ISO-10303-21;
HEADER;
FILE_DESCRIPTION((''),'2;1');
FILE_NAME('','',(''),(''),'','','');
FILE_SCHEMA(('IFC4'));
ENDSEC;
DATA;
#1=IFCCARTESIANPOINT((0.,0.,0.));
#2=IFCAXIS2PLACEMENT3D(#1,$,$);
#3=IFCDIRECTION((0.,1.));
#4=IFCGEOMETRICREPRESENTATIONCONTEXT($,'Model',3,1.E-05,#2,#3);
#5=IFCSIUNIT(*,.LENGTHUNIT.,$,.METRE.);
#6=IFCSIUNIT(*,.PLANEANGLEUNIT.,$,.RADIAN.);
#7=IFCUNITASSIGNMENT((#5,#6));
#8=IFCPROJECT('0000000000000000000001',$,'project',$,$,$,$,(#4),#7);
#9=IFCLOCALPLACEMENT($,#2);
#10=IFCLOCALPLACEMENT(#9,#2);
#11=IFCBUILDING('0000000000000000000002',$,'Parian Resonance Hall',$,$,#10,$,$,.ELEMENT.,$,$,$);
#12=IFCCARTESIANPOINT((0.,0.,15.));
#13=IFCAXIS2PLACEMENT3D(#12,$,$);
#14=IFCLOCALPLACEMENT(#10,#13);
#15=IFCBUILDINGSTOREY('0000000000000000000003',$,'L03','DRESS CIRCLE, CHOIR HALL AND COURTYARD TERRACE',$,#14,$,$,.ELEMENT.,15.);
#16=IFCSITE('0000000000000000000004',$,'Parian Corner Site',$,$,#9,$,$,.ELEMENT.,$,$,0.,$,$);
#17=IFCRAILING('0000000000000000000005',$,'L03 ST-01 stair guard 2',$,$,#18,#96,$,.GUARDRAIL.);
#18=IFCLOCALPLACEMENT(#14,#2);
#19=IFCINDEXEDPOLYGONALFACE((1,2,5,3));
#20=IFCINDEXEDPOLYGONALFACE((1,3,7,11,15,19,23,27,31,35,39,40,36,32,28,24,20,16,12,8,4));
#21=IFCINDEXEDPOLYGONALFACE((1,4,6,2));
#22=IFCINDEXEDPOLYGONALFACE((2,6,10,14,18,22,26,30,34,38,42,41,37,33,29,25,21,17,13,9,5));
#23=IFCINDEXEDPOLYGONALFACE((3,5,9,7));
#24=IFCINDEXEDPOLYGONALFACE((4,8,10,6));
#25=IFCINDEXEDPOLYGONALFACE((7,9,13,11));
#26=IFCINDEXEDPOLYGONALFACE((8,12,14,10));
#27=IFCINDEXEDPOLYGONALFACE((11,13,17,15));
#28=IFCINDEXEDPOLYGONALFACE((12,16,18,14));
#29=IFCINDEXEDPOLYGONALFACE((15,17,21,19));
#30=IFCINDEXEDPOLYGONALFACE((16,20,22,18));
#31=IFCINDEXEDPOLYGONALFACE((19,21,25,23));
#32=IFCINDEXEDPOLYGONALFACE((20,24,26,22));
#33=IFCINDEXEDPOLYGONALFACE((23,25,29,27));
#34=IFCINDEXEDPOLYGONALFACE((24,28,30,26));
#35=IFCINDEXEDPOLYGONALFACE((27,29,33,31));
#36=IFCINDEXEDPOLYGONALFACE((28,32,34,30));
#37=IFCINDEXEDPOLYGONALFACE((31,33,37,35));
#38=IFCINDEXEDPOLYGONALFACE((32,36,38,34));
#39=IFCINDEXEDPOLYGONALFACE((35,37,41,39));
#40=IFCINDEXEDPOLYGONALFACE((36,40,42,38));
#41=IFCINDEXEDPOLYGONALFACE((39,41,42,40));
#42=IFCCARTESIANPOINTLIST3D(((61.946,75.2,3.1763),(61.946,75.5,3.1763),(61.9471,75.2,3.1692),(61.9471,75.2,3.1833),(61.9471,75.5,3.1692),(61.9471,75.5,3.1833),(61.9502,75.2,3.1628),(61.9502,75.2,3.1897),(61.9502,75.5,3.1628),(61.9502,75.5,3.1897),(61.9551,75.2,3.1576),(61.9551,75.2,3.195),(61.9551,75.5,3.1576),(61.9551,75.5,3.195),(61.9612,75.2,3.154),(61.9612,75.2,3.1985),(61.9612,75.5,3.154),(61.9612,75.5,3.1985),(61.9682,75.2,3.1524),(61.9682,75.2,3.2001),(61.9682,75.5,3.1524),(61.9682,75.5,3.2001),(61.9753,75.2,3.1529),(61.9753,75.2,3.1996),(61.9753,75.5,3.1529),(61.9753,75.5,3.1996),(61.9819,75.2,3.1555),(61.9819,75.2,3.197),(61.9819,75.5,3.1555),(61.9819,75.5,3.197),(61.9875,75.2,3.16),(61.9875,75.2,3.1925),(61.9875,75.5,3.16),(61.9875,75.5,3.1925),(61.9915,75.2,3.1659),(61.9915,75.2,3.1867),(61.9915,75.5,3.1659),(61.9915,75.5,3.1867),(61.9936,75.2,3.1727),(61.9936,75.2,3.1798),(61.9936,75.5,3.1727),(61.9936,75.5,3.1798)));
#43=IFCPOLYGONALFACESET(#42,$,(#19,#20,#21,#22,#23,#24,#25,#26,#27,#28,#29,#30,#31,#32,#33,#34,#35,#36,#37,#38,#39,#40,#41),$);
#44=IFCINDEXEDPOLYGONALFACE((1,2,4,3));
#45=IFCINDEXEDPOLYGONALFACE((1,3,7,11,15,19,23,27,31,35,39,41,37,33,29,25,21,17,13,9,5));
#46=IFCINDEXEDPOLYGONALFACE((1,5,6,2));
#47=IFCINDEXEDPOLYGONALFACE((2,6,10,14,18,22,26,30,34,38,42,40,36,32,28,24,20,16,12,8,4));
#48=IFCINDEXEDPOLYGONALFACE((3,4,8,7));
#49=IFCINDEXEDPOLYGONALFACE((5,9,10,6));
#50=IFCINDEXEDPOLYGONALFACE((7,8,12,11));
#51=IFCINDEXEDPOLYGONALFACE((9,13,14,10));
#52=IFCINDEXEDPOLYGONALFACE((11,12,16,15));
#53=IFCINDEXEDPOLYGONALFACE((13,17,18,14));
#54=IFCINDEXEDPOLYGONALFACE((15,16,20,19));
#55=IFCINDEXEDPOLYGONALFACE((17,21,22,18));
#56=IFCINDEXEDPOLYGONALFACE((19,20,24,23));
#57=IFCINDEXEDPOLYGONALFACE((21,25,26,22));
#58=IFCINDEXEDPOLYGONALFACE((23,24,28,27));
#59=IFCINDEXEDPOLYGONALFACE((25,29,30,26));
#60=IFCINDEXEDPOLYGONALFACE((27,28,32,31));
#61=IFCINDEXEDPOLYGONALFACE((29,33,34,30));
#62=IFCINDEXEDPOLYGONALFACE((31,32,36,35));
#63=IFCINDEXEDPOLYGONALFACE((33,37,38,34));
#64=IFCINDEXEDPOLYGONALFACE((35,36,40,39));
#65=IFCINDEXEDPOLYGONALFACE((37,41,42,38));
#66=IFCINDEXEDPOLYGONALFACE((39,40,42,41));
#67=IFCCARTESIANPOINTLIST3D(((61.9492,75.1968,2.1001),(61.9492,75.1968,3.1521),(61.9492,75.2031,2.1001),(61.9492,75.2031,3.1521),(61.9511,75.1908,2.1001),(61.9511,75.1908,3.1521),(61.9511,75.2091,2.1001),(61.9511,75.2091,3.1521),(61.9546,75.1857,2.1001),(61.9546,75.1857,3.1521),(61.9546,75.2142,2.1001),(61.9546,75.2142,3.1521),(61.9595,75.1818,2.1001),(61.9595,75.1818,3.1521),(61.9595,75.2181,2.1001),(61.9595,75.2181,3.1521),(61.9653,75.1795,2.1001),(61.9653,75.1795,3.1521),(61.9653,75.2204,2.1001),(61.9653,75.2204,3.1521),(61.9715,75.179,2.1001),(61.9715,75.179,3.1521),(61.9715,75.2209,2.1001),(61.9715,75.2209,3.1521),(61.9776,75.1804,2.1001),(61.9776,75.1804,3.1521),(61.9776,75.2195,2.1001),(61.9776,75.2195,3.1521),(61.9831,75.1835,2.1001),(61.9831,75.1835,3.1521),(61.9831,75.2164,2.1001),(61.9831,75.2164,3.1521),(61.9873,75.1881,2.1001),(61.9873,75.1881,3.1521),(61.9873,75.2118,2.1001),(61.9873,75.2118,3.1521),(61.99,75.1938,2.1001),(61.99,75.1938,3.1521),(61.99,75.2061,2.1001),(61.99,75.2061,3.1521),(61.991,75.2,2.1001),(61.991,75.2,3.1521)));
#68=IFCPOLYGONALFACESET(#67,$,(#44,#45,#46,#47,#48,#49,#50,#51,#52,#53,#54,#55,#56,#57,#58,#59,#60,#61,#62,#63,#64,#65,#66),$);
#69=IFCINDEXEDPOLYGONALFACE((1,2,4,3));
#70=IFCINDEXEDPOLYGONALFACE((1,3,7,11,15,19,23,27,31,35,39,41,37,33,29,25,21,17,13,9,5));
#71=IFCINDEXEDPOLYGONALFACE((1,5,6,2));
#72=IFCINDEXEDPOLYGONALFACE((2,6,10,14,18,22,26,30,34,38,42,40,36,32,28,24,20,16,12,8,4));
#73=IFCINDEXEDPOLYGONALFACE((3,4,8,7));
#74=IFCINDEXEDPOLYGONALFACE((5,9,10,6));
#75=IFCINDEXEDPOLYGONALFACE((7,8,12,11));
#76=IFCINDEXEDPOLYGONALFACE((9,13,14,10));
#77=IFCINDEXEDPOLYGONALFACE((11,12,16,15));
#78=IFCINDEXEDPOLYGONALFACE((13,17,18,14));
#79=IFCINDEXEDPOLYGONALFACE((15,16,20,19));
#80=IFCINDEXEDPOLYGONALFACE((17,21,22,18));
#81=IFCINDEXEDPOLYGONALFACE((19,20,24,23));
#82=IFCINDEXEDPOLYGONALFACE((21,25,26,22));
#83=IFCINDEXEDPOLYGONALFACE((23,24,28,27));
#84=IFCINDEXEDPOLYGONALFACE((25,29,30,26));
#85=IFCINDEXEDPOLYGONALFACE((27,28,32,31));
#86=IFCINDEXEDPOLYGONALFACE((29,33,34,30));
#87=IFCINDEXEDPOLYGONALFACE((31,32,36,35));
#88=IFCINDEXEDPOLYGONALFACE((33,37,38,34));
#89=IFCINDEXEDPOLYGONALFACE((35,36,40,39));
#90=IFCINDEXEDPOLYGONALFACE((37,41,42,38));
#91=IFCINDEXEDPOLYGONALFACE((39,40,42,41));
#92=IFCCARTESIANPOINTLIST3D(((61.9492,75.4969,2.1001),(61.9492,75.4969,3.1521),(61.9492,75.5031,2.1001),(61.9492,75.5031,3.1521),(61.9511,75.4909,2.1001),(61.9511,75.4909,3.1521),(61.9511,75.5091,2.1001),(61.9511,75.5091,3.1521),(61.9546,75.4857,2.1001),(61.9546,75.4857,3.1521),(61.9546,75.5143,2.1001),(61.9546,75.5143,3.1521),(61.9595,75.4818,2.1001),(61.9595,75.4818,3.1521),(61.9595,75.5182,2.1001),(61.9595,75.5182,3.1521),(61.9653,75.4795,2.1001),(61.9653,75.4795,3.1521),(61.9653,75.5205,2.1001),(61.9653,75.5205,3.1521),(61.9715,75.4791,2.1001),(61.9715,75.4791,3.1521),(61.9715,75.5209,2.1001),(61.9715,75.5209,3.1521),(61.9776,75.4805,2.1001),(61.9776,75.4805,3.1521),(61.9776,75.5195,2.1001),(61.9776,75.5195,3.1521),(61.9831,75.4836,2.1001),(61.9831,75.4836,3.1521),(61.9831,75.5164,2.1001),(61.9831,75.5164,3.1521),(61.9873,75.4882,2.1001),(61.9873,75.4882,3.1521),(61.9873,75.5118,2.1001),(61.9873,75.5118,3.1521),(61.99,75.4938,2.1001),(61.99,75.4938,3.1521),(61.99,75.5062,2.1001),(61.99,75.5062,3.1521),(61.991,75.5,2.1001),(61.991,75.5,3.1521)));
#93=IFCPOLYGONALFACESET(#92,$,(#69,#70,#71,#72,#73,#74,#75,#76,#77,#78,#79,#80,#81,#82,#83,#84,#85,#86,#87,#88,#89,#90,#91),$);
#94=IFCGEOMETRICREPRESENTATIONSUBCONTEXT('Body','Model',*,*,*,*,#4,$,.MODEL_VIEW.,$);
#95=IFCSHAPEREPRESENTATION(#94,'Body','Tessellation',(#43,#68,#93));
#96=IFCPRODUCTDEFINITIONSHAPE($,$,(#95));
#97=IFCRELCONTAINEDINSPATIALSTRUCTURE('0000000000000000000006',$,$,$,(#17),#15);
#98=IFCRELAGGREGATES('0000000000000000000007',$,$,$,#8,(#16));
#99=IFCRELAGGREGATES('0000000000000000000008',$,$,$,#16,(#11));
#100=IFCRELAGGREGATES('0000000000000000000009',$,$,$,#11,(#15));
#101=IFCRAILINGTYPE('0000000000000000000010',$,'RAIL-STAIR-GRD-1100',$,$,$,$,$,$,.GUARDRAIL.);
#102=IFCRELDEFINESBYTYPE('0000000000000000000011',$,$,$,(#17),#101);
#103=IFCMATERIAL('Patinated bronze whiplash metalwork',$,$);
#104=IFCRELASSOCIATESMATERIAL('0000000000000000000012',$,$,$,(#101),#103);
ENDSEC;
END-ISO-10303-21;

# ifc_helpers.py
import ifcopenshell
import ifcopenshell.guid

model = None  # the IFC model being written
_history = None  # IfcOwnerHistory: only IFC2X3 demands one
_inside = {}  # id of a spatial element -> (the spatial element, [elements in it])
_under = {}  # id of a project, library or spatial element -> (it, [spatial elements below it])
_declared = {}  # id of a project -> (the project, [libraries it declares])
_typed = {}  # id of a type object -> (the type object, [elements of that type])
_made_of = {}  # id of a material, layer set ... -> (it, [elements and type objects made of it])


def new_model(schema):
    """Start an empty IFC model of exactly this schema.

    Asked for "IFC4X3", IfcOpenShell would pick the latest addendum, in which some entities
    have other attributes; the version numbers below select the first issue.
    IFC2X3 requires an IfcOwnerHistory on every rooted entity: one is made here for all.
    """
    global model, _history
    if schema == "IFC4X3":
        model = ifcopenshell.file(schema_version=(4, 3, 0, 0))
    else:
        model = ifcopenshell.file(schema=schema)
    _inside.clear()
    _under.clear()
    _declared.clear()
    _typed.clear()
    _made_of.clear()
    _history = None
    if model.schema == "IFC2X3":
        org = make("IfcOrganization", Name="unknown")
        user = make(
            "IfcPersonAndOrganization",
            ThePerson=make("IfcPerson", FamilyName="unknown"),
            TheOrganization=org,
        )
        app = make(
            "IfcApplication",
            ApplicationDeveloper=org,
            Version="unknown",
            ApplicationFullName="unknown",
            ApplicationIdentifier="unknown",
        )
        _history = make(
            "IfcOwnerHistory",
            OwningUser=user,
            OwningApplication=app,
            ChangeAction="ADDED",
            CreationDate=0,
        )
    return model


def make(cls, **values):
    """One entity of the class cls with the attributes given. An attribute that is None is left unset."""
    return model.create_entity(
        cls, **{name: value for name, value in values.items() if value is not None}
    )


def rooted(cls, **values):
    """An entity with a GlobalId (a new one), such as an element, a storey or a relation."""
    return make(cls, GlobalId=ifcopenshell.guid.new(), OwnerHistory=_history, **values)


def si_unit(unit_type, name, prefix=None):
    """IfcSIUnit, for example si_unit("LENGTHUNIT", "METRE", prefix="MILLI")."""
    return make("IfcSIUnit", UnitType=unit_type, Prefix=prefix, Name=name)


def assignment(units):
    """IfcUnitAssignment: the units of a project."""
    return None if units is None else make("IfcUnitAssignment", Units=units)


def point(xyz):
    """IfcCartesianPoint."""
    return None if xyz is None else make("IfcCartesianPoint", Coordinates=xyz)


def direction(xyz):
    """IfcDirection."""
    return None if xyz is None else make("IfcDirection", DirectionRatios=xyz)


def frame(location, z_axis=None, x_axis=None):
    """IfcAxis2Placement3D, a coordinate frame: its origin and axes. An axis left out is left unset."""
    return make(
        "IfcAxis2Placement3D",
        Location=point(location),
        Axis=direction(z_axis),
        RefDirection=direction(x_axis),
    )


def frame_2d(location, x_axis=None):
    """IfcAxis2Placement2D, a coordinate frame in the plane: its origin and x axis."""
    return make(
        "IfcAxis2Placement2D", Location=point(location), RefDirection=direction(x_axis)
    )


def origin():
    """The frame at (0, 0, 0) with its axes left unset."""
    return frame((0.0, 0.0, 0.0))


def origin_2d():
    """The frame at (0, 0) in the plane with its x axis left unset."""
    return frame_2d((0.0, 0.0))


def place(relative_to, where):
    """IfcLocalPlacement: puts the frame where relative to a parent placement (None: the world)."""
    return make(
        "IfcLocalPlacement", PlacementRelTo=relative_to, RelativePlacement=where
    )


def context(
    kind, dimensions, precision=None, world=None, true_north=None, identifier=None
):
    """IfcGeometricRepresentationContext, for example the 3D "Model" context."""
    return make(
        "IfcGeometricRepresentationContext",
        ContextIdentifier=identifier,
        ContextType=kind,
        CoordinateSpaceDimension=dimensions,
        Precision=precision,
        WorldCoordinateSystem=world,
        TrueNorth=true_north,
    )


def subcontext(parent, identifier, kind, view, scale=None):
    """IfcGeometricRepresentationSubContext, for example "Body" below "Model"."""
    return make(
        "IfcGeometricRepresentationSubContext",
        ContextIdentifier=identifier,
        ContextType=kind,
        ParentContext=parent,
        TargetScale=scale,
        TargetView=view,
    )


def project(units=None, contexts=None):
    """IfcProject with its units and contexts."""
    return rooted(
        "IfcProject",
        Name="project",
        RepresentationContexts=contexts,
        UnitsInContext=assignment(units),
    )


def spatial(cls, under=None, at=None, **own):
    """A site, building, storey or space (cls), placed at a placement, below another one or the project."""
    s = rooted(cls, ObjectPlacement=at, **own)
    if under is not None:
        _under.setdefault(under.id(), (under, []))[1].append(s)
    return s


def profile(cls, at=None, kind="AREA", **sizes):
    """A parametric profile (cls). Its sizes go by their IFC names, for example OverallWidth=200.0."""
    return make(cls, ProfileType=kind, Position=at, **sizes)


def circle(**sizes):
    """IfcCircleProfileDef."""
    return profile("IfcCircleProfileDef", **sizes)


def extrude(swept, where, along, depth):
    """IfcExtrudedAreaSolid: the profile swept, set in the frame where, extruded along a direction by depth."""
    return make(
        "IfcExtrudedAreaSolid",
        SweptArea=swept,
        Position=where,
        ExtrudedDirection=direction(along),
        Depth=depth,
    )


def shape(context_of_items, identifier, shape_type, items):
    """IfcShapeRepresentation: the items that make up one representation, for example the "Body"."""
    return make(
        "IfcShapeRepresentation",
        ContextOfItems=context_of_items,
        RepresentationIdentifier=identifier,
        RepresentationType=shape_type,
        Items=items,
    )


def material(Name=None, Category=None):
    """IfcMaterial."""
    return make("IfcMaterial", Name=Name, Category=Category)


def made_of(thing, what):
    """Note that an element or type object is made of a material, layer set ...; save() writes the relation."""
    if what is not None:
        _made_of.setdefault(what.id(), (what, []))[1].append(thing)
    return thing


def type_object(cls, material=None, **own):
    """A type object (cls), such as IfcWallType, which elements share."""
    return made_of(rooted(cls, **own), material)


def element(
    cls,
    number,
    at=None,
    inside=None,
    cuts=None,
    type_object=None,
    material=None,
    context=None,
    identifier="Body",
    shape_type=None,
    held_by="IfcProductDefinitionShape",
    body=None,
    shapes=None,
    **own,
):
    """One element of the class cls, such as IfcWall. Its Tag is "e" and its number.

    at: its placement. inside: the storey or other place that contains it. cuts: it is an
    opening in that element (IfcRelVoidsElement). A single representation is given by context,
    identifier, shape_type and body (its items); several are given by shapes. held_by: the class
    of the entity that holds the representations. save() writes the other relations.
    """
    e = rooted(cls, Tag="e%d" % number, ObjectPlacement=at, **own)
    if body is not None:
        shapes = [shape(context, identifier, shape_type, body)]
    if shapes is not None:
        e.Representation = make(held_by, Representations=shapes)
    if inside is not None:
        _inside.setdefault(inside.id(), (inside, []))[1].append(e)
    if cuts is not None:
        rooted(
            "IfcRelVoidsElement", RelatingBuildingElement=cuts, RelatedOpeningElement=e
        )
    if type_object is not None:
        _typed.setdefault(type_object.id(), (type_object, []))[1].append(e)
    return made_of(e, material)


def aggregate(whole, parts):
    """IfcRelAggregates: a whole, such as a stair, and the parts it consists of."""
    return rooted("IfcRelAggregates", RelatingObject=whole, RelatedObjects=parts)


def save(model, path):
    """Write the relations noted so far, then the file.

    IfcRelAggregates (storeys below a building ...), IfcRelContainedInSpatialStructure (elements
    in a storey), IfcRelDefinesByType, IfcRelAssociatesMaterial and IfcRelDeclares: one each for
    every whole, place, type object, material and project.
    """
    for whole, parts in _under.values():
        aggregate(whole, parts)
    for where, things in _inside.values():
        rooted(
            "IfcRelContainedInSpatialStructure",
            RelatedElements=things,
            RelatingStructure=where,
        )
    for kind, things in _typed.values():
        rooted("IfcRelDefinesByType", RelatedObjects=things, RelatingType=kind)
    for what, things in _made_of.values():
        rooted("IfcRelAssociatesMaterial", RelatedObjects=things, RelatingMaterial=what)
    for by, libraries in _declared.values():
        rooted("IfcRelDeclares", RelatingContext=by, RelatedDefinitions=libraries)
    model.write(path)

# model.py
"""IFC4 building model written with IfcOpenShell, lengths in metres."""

from ifc_helpers import new_model, si_unit, direction, frame, origin, origin_2d, place, context, subcontext, project, spatial, circle, extrude, material, type_object, element, save


model = new_model("IFC4")

# Units and contexts
model_context = context("Model", 3, precision=1e-05, world=origin(), true_north=direction((0.0, 1.0)))
body_context = subcontext(model_context, "Body", "Model", "MODEL_VIEW")
ifc_project = project(units=[si_unit("LENGTHUNIT", "METRE"), si_unit("PLANEANGLEUNIT", "RADIAN")], contexts=[model_context])

# Site, building, storey
site_placement = place(None, origin())
site = spatial("IfcSite", under=ifc_project, at=site_placement, Name="Parian Corner Site", CompositionType="ELEMENT", RefElevation=0.0)
building_placement = place(site_placement, origin())
building = spatial("IfcBuilding", under=site, at=building_placement, Name="Parian Resonance Hall", CompositionType="ELEMENT")
storey_placement = place(building_placement, frame((0.0, 0.0, 15.0)))
storey = spatial("IfcBuildingStorey", under=building, at=storey_placement, Name="L03", Description="DRESS CIRCLE, CHOIR HALL AND COURTYARD TERRACE", CompositionType="ELEMENT", Elevation=15.0)

# Railing
ifc_material_1 = material(Name="Patinated bronze whiplash metalwork")
railing_type_1 = type_object("IfcRailingType", Name="RAIL-STAIR-GRD-1100", PredefinedType="GUARDRAIL", material=ifc_material_1)
railing_1_placement = place(storey_placement, frame((61.97, 75.2, 2.1001)))
element("IfcRailing", 1, at=railing_1_placement, inside=storey, type_object=railing_type_1, Name="L03 ST-01 stair guard 2", PredefinedType="GUARDRAIL", context=body_context, shape_type="SweptSolid", body=[
    extrude(circle(Radius=0.0239, at=origin_2d()), frame((0.0, 0.0, 1.0762), z_axis=(0.0, 1.0, 0.0), x_axis=(-1.0, 0.0, 0.0)), (0.0, 0.0, 1.0), 0.3),
    extrude(circle(Radius=0.021, at=origin_2d()), origin(), (0.0, 0.0, 1.0), 1.052),
    extrude(circle(Radius=0.021, at=origin_2d()), frame((0.0, 0.3, 0.0)), (0.0, 0.0, 1.0), 1.052),
])

save(model, "model.ifc")
